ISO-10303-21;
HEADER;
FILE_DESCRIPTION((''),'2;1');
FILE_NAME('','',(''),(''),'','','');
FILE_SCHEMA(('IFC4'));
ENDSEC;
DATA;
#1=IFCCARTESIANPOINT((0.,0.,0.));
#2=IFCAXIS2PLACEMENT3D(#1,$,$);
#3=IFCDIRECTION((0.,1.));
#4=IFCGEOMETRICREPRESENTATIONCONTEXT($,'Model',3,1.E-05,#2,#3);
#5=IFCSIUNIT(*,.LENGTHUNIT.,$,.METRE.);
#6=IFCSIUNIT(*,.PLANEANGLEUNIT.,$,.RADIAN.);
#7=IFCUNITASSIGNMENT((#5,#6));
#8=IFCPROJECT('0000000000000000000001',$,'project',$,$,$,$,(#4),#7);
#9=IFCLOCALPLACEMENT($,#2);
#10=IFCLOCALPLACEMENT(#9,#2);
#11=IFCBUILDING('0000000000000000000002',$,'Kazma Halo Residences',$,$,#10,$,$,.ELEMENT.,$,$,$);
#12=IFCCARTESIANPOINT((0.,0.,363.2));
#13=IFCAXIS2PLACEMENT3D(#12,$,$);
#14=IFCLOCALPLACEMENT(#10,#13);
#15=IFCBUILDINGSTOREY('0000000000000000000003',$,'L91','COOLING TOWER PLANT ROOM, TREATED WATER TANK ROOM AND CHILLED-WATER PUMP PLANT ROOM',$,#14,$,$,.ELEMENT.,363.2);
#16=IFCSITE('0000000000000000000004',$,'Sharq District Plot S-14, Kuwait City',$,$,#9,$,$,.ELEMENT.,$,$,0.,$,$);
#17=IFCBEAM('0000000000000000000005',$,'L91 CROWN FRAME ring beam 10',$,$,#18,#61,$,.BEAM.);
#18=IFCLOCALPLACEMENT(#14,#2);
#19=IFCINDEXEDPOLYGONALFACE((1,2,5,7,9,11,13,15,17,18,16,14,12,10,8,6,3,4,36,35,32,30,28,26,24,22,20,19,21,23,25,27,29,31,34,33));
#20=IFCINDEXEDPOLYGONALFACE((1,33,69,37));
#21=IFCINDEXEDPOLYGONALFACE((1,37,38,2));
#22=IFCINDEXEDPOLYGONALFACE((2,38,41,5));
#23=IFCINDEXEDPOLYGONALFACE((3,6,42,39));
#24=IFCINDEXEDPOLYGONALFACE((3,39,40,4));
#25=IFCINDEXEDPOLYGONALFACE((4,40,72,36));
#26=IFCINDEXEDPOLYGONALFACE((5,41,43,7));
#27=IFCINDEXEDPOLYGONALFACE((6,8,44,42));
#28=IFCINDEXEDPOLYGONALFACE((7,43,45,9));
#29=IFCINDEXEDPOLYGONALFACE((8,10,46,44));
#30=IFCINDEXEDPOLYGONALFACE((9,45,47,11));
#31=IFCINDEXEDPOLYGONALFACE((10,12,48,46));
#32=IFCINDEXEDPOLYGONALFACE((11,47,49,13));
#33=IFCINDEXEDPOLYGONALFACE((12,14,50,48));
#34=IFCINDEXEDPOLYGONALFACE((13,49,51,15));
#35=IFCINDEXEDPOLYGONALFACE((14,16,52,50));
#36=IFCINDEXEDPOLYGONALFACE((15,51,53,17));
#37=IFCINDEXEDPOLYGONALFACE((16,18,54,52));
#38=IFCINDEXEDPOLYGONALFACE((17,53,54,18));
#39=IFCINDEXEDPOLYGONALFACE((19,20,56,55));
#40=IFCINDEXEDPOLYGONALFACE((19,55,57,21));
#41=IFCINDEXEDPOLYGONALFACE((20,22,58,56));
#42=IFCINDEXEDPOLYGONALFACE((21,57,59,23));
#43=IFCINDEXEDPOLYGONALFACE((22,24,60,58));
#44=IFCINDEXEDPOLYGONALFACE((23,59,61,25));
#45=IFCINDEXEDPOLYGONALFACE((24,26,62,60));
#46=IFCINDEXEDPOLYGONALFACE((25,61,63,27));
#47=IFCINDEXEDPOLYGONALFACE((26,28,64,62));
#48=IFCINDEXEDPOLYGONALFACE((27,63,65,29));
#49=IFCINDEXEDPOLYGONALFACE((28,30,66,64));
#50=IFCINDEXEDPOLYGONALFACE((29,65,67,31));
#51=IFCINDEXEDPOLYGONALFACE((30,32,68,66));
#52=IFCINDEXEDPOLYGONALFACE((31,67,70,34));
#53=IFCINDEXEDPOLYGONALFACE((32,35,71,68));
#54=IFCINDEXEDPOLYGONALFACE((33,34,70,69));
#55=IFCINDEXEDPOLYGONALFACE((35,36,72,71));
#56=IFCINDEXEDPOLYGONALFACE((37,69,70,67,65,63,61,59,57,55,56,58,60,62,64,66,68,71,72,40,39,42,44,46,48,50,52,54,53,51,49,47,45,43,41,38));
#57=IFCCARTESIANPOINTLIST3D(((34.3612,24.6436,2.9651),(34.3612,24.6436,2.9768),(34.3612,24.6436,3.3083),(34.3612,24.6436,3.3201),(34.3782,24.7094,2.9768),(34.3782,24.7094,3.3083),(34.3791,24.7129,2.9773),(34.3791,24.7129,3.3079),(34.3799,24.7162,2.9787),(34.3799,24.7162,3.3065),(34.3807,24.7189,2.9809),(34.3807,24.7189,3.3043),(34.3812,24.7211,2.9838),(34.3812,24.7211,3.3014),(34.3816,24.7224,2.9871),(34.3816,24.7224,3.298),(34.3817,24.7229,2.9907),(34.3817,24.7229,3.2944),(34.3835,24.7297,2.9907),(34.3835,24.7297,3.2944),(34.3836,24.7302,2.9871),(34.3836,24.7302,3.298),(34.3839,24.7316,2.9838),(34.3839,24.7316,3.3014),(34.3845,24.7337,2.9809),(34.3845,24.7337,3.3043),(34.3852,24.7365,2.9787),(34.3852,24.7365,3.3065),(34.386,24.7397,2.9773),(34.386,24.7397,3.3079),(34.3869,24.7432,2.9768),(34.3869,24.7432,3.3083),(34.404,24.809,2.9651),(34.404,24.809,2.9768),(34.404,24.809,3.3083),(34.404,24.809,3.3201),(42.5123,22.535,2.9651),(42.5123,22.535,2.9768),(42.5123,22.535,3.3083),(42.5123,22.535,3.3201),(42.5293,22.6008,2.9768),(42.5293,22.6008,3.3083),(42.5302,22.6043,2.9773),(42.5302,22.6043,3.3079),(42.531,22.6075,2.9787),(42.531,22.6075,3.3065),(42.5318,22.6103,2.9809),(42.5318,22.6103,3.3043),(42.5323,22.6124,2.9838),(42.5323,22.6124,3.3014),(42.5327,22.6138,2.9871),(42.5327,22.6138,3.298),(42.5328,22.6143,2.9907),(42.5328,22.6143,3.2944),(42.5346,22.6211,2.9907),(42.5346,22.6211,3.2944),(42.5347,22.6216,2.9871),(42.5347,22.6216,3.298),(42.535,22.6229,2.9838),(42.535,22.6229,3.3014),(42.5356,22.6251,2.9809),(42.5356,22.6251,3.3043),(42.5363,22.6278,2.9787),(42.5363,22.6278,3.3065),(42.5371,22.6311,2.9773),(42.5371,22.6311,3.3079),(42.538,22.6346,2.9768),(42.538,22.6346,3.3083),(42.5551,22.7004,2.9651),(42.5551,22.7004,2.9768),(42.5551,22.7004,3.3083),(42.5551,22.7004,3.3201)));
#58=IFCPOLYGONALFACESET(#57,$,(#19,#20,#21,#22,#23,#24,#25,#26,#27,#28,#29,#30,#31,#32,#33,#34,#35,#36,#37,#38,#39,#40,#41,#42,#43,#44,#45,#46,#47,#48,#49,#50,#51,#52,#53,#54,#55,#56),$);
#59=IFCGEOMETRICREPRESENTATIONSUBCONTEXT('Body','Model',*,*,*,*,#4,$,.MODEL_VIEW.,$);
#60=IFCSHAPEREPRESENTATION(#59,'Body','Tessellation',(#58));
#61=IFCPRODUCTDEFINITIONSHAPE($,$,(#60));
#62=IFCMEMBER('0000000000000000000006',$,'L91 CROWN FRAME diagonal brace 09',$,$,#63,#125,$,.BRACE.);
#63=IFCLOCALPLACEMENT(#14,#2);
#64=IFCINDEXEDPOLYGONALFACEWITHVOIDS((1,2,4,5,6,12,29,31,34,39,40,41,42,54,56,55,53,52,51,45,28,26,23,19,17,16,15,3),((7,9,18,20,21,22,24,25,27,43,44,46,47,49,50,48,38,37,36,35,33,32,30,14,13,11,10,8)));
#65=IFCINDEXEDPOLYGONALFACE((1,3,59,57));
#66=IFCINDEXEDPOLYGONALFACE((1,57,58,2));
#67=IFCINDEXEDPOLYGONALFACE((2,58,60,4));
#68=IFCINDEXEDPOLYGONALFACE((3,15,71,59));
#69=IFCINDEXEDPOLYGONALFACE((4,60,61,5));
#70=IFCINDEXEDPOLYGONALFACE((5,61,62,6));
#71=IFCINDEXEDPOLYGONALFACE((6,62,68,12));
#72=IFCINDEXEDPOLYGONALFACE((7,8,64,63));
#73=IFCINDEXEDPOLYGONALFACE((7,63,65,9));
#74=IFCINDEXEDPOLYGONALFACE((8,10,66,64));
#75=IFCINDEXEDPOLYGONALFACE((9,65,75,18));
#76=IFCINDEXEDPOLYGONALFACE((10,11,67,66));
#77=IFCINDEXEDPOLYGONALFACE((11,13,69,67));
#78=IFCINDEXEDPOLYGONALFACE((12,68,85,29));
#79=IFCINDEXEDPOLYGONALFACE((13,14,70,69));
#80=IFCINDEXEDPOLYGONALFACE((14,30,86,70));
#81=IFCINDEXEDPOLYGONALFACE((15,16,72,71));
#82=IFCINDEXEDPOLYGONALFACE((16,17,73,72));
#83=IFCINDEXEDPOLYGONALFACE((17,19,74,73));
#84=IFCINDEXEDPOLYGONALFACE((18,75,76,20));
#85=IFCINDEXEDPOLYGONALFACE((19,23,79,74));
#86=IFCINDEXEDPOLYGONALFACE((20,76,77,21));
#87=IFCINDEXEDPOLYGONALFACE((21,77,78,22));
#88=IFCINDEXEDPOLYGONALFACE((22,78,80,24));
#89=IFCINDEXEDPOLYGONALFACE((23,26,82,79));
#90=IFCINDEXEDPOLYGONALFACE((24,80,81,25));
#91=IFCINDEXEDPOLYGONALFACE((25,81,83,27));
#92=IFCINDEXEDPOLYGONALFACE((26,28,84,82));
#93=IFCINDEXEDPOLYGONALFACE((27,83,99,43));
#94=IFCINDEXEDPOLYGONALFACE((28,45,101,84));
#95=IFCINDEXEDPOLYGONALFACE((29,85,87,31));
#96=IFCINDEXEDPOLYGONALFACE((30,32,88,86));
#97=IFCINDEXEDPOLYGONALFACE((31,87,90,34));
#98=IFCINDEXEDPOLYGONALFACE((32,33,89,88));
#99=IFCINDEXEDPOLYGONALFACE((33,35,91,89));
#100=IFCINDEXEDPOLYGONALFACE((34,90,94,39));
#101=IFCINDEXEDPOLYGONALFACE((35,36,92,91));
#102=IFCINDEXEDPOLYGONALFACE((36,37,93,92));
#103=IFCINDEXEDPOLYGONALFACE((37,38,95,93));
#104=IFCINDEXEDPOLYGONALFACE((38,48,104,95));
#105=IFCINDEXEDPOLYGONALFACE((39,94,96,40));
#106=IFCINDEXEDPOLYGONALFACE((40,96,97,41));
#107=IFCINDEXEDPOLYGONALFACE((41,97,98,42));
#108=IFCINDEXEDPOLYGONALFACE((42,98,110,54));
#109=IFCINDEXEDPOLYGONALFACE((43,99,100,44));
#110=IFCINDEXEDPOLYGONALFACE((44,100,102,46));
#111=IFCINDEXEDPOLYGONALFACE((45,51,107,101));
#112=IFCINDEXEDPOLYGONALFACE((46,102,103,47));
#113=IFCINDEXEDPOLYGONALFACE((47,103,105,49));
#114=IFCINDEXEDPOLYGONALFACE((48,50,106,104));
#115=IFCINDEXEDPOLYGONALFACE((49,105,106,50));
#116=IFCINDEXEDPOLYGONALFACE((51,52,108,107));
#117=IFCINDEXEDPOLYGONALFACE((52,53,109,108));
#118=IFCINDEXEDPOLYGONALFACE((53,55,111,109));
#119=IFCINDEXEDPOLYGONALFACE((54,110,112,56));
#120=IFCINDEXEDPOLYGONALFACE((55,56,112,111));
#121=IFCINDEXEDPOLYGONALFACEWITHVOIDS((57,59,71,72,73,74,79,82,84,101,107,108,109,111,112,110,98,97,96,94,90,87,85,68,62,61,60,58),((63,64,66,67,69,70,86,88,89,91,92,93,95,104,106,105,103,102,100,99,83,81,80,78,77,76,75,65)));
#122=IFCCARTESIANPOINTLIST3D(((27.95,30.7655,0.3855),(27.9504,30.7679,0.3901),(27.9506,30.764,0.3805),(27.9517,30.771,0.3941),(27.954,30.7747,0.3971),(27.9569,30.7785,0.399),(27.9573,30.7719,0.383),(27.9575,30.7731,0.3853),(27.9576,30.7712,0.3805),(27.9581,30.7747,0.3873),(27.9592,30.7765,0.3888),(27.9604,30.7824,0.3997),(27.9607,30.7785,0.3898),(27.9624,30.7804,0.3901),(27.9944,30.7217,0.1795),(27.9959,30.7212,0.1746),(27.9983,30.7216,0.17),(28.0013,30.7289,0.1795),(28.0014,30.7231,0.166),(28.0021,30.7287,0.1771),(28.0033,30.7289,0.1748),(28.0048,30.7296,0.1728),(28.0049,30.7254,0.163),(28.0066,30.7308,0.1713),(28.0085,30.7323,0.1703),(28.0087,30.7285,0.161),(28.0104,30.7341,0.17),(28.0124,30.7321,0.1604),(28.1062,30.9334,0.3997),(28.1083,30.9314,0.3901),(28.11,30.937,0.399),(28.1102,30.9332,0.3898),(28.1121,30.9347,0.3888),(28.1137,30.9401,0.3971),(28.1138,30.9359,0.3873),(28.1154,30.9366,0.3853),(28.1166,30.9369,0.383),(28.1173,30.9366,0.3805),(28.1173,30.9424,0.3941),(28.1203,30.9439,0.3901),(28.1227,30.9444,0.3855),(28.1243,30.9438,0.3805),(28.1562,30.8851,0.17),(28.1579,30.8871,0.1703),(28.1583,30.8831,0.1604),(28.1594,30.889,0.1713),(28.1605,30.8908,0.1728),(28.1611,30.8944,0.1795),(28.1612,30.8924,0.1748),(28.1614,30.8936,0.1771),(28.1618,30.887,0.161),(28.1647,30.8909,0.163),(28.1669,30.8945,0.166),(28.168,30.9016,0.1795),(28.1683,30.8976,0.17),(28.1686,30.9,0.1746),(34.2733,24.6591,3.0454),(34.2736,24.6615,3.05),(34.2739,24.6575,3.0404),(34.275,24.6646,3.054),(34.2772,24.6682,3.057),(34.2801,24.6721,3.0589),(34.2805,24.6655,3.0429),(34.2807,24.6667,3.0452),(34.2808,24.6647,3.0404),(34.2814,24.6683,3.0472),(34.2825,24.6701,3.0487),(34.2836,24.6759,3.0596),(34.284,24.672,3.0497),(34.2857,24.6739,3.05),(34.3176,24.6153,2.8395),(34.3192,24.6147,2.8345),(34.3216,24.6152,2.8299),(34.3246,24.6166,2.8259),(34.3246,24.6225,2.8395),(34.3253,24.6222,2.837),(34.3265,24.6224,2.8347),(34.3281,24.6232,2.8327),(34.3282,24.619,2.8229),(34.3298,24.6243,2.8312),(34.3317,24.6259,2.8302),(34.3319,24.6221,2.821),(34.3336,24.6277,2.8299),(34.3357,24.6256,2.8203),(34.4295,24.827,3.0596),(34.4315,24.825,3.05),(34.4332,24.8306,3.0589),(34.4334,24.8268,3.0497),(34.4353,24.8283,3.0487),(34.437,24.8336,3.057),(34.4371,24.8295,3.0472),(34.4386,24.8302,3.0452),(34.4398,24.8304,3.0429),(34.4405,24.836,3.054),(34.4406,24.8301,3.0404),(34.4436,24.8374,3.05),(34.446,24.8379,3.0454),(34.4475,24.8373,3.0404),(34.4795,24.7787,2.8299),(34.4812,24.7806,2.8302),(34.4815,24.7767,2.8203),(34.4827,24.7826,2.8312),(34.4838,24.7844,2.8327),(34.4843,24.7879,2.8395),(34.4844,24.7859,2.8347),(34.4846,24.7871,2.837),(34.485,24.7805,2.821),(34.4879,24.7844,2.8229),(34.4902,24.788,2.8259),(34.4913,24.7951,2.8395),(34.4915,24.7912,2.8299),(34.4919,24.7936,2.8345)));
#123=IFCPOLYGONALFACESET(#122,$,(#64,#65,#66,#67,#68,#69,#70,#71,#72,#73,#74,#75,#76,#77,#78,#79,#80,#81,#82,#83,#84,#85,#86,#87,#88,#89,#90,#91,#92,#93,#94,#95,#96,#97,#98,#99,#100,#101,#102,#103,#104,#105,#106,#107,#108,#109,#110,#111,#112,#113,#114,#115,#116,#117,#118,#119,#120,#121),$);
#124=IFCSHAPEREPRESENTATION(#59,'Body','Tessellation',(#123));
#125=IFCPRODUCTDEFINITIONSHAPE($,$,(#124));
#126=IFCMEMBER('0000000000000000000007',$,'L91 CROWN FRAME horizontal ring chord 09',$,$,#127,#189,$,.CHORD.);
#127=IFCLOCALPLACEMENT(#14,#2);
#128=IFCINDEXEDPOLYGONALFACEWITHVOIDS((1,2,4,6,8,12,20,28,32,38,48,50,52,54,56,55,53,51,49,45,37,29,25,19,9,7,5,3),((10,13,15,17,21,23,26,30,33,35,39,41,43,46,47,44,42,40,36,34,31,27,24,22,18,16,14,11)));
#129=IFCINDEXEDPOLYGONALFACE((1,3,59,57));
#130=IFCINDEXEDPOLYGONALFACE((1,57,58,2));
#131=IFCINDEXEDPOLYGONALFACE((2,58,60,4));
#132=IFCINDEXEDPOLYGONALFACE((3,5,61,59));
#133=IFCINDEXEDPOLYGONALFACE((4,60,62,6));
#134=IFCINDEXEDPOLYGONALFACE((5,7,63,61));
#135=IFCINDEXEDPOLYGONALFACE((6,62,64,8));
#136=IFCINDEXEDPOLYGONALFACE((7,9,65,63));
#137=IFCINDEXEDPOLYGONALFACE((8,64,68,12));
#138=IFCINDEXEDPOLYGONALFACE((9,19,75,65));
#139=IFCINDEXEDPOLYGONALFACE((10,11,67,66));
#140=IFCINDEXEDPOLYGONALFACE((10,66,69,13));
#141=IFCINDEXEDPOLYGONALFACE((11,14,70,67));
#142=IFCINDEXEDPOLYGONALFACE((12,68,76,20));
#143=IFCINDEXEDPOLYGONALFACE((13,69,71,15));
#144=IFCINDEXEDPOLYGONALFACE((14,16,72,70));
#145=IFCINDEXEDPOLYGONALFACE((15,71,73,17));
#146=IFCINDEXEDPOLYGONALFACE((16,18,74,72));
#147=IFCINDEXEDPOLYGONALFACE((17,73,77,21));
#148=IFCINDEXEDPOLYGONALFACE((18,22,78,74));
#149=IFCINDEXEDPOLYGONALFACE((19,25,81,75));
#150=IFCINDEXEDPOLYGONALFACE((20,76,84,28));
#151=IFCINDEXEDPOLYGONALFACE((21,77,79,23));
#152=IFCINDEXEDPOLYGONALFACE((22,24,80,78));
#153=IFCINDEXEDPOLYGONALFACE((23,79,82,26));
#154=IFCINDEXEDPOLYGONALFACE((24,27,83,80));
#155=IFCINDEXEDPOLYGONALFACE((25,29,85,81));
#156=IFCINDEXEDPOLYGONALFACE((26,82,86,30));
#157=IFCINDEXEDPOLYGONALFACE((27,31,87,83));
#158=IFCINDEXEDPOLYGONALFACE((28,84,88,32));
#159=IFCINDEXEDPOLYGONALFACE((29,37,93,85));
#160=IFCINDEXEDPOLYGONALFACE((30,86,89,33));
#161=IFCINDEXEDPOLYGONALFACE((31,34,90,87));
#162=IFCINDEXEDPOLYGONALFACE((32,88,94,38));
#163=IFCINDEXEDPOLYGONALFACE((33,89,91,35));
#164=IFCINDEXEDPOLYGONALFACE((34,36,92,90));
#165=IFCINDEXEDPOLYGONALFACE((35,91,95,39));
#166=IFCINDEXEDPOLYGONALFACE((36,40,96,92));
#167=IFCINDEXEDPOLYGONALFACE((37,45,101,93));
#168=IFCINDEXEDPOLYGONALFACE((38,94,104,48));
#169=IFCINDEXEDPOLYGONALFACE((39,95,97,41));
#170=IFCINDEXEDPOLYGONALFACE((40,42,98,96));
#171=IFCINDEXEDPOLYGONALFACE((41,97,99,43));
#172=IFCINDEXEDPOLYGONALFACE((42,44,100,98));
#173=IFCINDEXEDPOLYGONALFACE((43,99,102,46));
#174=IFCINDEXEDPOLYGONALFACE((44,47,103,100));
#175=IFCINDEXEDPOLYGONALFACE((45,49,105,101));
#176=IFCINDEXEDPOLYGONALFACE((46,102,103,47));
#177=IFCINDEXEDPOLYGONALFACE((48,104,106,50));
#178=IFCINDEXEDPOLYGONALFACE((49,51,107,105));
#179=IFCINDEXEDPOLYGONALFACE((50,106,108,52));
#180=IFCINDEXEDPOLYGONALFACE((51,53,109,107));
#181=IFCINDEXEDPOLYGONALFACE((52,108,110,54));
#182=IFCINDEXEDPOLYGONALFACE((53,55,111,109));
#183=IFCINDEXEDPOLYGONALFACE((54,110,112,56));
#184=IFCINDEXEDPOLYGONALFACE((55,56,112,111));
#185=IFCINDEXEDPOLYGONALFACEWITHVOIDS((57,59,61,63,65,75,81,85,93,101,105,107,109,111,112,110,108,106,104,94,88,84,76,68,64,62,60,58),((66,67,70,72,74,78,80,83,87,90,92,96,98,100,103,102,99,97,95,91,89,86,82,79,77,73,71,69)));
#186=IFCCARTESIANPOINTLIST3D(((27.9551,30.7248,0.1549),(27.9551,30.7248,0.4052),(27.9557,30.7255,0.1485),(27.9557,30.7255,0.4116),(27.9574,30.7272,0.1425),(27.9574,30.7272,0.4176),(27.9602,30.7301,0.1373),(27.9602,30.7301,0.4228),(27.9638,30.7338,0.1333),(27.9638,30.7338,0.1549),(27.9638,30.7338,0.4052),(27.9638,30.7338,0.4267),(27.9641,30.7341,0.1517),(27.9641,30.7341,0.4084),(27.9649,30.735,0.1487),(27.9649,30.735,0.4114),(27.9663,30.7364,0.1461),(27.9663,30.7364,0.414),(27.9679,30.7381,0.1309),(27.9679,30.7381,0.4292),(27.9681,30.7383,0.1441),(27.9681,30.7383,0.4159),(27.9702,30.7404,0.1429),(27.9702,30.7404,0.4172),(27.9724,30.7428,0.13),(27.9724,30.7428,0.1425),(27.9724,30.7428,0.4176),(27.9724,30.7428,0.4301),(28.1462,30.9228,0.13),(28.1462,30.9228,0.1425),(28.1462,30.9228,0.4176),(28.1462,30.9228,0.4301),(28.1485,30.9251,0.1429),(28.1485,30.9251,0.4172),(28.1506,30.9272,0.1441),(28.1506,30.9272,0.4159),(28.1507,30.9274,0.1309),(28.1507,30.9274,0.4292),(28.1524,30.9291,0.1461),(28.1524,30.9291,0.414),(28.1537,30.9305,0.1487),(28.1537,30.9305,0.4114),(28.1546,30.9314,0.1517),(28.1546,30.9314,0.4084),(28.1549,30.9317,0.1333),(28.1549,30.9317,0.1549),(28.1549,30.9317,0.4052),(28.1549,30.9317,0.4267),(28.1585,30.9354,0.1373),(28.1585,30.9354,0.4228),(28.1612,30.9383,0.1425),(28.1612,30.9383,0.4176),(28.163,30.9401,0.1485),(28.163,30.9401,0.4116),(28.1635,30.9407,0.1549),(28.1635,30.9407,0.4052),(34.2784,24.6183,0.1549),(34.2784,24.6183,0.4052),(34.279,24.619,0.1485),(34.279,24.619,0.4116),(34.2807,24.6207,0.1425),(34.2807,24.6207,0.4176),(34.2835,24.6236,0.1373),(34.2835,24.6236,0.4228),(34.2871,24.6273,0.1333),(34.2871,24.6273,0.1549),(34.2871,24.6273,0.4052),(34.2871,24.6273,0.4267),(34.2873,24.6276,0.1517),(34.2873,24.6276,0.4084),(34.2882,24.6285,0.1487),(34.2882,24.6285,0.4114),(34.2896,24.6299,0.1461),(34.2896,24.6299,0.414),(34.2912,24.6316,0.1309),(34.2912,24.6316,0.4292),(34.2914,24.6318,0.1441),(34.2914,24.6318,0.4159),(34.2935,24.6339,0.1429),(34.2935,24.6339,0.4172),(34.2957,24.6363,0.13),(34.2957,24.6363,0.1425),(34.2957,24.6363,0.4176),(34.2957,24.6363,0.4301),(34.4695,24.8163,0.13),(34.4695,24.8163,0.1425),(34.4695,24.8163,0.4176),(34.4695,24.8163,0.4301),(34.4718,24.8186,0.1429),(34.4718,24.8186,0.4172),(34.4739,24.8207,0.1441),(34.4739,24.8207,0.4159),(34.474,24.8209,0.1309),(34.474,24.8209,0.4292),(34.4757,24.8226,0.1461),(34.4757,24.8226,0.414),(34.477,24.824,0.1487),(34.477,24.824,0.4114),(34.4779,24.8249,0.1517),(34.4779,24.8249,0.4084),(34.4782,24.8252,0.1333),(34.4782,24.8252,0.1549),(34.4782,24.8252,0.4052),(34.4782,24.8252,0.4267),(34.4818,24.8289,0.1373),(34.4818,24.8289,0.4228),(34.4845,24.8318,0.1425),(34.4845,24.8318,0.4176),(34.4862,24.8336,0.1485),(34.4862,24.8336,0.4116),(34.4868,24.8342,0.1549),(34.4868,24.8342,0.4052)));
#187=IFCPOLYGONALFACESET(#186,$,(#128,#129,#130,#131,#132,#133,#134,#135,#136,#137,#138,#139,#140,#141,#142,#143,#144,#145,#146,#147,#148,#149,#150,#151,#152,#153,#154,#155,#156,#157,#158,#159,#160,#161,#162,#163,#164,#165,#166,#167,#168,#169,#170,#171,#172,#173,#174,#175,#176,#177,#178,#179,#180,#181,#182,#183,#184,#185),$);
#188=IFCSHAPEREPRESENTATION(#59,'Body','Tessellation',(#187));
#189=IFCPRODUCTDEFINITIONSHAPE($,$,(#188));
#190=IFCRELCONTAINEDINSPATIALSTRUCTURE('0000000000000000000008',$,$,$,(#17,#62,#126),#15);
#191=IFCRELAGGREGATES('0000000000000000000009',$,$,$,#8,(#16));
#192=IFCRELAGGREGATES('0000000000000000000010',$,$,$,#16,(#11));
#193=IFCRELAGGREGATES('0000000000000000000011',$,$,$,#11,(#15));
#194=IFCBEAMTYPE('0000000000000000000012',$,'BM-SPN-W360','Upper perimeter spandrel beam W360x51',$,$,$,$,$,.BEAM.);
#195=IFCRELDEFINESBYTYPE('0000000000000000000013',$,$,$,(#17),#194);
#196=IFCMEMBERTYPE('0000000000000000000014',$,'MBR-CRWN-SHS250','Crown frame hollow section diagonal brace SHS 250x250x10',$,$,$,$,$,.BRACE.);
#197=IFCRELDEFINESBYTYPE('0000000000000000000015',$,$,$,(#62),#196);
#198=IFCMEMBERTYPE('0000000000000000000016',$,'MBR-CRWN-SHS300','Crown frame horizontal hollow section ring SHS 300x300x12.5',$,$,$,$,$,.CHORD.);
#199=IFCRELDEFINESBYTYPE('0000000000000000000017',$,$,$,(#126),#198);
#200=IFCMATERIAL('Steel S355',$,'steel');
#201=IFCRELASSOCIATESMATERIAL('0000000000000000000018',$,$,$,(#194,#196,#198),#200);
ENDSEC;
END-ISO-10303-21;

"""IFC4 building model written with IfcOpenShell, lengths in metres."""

from ifc_helpers import new_model, si_unit, direction, frame, origin, origin_2d, place, context, subcontext, project, spatial, hollow_rectangle, i_section, extrude, material, material_profile, profile_set, type_object, element, save


model = new_model("IFC4")

# Units and contexts
model_context = context("Model", 3, precision=1e-05, world=origin(), true_north=direction((0.0, 1.0)))
body_context = subcontext(model_context, "Body", "Model", "MODEL_VIEW")
ifc_project = project(units=[si_unit("LENGTHUNIT", "METRE"), si_unit("PLANEANGLEUNIT", "RADIAN")], contexts=[model_context])

# Site, building, storey
site_placement = place(None, origin())
site = spatial("IfcSite", under=ifc_project, at=site_placement, Name="Sharq District Plot S-14, Kuwait City", CompositionType="ELEMENT", RefElevation=0.0)
building_placement = place(site_placement, origin())
building = spatial("IfcBuilding", under=site, at=building_placement, Name="Kazma Halo Residences", CompositionType="ELEMENT")
storey_placement = place(building_placement, frame((0.0, 0.0, 363.2)))
storey = spatial("IfcBuildingStorey", under=building, at=storey_placement, Name="L91", Description="COOLING TOWER PLANT ROOM, TREATED WATER TANK ROOM AND CHILLED-WATER PUMP PLANT ROOM", CompositionType="ELEMENT", Elevation=363.2)

# Shared definitions
ifc_material_1 = material(Name="Steel S355", Category="steel")

# Beam
ifc_material_profile_1 = material_profile(ifc_material_1, i_section(OverallWidth=0.1709, OverallDepth=0.355, WebThickness=0.0071, FlangeThickness=0.0117, FilletRadius=0.0139, at=origin_2d()), Name="W360x51")
ifc_profile_set_1 = profile_set([ifc_material_profile_1], Name="Steel S355")
beam_type_1 = type_object("IfcBeamType", Name="BM-SPN-W360", Description="Upper perimeter spandrel beam W360x51", PredefinedType="BEAM", material=ifc_profile_set_1)
beam_1_placement = place(storey_placement, frame((34.3826, 24.7263, 3.1426), z_axis=(0.96813, -0.250449, 0.0), x_axis=(0.250449, 0.96813, 0.0)))
element("IfcBeam", 1, at=beam_1_placement, inside=storey, type_object=beam_type_1, Name="L91 CROWN FRAME ring beam 10", PredefinedType="BEAM", context=body_context, shape_type="SweptSolid", body=[
    extrude(i_section(OverallWidth=0.1709, OverallDepth=0.355, WebThickness=0.0071, FlangeThickness=0.0117, FilletRadius=0.0139, at=origin_2d()), origin(), (0.0, 0.0, 1.0), 8.4194),
])

# Members
ifc_material_profile_2 = material_profile(ifc_material_1, hollow_rectangle(XDim=0.25, YDim=0.25, WallThickness=0.01, InnerFilletRadius=0.01, OuterFilletRadius=0.02, at=origin_2d()), Name="SHS250x250x10")
ifc_profile_set_2 = profile_set([ifc_material_profile_2], Name="Steel S355")
member_type_1 = type_object("IfcMemberType", Name="MBR-CRWN-SHS250", Description="Crown frame hollow section diagonal brace SHS 250x250x10", PredefinedType="BRACE", material=ifc_profile_set_2)
member_1_placement = place(storey_placement, frame((28.0593, 30.8328, 0.28), z_axis=(0.688501, -0.664895, 0.289622), x_axis=(0.694668, 0.719331, 0.0)))
element("IfcMember", 2, at=member_1_placement, inside=storey, type_object=member_type_1, Name="L91 CROWN FRAME diagonal brace 09", PredefinedType="BRACE", context=body_context, shape_type="SweptSolid", body=[
    extrude(hollow_rectangle(XDim=0.25, YDim=0.25, WallThickness=0.01, InnerFilletRadius=0.01, OuterFilletRadius=0.02, at=origin_2d()), origin(), (0.0, 0.0, 1.0), 9.1841),
])
ifc_material_profile_3 = material_profile(ifc_material_1, hollow_rectangle(XDim=0.3, YDim=0.3, WallThickness=0.0125, InnerFilletRadius=0.0125, OuterFilletRadius=0.0249, at=origin_2d()), Name="SHS300x300x12.5")
ifc_profile_set_3 = profile_set([ifc_material_profile_3], Name="Steel S355")
member_type_2 = type_object("IfcMemberType", Name="MBR-CRWN-SHS300", Description="Crown frame horizontal hollow section ring SHS 300x300x12.5", PredefinedType="CHORD", material=ifc_profile_set_3)
member_2_placement = place(storey_placement, frame((28.0593, 30.8328, 0.28), z_axis=(0.719331, -0.694668, 0.0), x_axis=(0.694668, 0.719331, 0.0)))
element("IfcMember", 3, at=member_2_placement, inside=storey, type_object=member_type_2, Name="L91 CROWN FRAME horizontal ring chord 09", PredefinedType="CHORD", context=body_context, shape_type="SweptSolid", body=[
    extrude(hollow_rectangle(XDim=0.3, YDim=0.3, WallThickness=0.0125, InnerFilletRadius=0.0125, OuterFilletRadius=0.0249, at=origin_2d()), origin(), (0.0, 0.0, 1.0), 8.7905),
])

save(model, "model.ifc")
